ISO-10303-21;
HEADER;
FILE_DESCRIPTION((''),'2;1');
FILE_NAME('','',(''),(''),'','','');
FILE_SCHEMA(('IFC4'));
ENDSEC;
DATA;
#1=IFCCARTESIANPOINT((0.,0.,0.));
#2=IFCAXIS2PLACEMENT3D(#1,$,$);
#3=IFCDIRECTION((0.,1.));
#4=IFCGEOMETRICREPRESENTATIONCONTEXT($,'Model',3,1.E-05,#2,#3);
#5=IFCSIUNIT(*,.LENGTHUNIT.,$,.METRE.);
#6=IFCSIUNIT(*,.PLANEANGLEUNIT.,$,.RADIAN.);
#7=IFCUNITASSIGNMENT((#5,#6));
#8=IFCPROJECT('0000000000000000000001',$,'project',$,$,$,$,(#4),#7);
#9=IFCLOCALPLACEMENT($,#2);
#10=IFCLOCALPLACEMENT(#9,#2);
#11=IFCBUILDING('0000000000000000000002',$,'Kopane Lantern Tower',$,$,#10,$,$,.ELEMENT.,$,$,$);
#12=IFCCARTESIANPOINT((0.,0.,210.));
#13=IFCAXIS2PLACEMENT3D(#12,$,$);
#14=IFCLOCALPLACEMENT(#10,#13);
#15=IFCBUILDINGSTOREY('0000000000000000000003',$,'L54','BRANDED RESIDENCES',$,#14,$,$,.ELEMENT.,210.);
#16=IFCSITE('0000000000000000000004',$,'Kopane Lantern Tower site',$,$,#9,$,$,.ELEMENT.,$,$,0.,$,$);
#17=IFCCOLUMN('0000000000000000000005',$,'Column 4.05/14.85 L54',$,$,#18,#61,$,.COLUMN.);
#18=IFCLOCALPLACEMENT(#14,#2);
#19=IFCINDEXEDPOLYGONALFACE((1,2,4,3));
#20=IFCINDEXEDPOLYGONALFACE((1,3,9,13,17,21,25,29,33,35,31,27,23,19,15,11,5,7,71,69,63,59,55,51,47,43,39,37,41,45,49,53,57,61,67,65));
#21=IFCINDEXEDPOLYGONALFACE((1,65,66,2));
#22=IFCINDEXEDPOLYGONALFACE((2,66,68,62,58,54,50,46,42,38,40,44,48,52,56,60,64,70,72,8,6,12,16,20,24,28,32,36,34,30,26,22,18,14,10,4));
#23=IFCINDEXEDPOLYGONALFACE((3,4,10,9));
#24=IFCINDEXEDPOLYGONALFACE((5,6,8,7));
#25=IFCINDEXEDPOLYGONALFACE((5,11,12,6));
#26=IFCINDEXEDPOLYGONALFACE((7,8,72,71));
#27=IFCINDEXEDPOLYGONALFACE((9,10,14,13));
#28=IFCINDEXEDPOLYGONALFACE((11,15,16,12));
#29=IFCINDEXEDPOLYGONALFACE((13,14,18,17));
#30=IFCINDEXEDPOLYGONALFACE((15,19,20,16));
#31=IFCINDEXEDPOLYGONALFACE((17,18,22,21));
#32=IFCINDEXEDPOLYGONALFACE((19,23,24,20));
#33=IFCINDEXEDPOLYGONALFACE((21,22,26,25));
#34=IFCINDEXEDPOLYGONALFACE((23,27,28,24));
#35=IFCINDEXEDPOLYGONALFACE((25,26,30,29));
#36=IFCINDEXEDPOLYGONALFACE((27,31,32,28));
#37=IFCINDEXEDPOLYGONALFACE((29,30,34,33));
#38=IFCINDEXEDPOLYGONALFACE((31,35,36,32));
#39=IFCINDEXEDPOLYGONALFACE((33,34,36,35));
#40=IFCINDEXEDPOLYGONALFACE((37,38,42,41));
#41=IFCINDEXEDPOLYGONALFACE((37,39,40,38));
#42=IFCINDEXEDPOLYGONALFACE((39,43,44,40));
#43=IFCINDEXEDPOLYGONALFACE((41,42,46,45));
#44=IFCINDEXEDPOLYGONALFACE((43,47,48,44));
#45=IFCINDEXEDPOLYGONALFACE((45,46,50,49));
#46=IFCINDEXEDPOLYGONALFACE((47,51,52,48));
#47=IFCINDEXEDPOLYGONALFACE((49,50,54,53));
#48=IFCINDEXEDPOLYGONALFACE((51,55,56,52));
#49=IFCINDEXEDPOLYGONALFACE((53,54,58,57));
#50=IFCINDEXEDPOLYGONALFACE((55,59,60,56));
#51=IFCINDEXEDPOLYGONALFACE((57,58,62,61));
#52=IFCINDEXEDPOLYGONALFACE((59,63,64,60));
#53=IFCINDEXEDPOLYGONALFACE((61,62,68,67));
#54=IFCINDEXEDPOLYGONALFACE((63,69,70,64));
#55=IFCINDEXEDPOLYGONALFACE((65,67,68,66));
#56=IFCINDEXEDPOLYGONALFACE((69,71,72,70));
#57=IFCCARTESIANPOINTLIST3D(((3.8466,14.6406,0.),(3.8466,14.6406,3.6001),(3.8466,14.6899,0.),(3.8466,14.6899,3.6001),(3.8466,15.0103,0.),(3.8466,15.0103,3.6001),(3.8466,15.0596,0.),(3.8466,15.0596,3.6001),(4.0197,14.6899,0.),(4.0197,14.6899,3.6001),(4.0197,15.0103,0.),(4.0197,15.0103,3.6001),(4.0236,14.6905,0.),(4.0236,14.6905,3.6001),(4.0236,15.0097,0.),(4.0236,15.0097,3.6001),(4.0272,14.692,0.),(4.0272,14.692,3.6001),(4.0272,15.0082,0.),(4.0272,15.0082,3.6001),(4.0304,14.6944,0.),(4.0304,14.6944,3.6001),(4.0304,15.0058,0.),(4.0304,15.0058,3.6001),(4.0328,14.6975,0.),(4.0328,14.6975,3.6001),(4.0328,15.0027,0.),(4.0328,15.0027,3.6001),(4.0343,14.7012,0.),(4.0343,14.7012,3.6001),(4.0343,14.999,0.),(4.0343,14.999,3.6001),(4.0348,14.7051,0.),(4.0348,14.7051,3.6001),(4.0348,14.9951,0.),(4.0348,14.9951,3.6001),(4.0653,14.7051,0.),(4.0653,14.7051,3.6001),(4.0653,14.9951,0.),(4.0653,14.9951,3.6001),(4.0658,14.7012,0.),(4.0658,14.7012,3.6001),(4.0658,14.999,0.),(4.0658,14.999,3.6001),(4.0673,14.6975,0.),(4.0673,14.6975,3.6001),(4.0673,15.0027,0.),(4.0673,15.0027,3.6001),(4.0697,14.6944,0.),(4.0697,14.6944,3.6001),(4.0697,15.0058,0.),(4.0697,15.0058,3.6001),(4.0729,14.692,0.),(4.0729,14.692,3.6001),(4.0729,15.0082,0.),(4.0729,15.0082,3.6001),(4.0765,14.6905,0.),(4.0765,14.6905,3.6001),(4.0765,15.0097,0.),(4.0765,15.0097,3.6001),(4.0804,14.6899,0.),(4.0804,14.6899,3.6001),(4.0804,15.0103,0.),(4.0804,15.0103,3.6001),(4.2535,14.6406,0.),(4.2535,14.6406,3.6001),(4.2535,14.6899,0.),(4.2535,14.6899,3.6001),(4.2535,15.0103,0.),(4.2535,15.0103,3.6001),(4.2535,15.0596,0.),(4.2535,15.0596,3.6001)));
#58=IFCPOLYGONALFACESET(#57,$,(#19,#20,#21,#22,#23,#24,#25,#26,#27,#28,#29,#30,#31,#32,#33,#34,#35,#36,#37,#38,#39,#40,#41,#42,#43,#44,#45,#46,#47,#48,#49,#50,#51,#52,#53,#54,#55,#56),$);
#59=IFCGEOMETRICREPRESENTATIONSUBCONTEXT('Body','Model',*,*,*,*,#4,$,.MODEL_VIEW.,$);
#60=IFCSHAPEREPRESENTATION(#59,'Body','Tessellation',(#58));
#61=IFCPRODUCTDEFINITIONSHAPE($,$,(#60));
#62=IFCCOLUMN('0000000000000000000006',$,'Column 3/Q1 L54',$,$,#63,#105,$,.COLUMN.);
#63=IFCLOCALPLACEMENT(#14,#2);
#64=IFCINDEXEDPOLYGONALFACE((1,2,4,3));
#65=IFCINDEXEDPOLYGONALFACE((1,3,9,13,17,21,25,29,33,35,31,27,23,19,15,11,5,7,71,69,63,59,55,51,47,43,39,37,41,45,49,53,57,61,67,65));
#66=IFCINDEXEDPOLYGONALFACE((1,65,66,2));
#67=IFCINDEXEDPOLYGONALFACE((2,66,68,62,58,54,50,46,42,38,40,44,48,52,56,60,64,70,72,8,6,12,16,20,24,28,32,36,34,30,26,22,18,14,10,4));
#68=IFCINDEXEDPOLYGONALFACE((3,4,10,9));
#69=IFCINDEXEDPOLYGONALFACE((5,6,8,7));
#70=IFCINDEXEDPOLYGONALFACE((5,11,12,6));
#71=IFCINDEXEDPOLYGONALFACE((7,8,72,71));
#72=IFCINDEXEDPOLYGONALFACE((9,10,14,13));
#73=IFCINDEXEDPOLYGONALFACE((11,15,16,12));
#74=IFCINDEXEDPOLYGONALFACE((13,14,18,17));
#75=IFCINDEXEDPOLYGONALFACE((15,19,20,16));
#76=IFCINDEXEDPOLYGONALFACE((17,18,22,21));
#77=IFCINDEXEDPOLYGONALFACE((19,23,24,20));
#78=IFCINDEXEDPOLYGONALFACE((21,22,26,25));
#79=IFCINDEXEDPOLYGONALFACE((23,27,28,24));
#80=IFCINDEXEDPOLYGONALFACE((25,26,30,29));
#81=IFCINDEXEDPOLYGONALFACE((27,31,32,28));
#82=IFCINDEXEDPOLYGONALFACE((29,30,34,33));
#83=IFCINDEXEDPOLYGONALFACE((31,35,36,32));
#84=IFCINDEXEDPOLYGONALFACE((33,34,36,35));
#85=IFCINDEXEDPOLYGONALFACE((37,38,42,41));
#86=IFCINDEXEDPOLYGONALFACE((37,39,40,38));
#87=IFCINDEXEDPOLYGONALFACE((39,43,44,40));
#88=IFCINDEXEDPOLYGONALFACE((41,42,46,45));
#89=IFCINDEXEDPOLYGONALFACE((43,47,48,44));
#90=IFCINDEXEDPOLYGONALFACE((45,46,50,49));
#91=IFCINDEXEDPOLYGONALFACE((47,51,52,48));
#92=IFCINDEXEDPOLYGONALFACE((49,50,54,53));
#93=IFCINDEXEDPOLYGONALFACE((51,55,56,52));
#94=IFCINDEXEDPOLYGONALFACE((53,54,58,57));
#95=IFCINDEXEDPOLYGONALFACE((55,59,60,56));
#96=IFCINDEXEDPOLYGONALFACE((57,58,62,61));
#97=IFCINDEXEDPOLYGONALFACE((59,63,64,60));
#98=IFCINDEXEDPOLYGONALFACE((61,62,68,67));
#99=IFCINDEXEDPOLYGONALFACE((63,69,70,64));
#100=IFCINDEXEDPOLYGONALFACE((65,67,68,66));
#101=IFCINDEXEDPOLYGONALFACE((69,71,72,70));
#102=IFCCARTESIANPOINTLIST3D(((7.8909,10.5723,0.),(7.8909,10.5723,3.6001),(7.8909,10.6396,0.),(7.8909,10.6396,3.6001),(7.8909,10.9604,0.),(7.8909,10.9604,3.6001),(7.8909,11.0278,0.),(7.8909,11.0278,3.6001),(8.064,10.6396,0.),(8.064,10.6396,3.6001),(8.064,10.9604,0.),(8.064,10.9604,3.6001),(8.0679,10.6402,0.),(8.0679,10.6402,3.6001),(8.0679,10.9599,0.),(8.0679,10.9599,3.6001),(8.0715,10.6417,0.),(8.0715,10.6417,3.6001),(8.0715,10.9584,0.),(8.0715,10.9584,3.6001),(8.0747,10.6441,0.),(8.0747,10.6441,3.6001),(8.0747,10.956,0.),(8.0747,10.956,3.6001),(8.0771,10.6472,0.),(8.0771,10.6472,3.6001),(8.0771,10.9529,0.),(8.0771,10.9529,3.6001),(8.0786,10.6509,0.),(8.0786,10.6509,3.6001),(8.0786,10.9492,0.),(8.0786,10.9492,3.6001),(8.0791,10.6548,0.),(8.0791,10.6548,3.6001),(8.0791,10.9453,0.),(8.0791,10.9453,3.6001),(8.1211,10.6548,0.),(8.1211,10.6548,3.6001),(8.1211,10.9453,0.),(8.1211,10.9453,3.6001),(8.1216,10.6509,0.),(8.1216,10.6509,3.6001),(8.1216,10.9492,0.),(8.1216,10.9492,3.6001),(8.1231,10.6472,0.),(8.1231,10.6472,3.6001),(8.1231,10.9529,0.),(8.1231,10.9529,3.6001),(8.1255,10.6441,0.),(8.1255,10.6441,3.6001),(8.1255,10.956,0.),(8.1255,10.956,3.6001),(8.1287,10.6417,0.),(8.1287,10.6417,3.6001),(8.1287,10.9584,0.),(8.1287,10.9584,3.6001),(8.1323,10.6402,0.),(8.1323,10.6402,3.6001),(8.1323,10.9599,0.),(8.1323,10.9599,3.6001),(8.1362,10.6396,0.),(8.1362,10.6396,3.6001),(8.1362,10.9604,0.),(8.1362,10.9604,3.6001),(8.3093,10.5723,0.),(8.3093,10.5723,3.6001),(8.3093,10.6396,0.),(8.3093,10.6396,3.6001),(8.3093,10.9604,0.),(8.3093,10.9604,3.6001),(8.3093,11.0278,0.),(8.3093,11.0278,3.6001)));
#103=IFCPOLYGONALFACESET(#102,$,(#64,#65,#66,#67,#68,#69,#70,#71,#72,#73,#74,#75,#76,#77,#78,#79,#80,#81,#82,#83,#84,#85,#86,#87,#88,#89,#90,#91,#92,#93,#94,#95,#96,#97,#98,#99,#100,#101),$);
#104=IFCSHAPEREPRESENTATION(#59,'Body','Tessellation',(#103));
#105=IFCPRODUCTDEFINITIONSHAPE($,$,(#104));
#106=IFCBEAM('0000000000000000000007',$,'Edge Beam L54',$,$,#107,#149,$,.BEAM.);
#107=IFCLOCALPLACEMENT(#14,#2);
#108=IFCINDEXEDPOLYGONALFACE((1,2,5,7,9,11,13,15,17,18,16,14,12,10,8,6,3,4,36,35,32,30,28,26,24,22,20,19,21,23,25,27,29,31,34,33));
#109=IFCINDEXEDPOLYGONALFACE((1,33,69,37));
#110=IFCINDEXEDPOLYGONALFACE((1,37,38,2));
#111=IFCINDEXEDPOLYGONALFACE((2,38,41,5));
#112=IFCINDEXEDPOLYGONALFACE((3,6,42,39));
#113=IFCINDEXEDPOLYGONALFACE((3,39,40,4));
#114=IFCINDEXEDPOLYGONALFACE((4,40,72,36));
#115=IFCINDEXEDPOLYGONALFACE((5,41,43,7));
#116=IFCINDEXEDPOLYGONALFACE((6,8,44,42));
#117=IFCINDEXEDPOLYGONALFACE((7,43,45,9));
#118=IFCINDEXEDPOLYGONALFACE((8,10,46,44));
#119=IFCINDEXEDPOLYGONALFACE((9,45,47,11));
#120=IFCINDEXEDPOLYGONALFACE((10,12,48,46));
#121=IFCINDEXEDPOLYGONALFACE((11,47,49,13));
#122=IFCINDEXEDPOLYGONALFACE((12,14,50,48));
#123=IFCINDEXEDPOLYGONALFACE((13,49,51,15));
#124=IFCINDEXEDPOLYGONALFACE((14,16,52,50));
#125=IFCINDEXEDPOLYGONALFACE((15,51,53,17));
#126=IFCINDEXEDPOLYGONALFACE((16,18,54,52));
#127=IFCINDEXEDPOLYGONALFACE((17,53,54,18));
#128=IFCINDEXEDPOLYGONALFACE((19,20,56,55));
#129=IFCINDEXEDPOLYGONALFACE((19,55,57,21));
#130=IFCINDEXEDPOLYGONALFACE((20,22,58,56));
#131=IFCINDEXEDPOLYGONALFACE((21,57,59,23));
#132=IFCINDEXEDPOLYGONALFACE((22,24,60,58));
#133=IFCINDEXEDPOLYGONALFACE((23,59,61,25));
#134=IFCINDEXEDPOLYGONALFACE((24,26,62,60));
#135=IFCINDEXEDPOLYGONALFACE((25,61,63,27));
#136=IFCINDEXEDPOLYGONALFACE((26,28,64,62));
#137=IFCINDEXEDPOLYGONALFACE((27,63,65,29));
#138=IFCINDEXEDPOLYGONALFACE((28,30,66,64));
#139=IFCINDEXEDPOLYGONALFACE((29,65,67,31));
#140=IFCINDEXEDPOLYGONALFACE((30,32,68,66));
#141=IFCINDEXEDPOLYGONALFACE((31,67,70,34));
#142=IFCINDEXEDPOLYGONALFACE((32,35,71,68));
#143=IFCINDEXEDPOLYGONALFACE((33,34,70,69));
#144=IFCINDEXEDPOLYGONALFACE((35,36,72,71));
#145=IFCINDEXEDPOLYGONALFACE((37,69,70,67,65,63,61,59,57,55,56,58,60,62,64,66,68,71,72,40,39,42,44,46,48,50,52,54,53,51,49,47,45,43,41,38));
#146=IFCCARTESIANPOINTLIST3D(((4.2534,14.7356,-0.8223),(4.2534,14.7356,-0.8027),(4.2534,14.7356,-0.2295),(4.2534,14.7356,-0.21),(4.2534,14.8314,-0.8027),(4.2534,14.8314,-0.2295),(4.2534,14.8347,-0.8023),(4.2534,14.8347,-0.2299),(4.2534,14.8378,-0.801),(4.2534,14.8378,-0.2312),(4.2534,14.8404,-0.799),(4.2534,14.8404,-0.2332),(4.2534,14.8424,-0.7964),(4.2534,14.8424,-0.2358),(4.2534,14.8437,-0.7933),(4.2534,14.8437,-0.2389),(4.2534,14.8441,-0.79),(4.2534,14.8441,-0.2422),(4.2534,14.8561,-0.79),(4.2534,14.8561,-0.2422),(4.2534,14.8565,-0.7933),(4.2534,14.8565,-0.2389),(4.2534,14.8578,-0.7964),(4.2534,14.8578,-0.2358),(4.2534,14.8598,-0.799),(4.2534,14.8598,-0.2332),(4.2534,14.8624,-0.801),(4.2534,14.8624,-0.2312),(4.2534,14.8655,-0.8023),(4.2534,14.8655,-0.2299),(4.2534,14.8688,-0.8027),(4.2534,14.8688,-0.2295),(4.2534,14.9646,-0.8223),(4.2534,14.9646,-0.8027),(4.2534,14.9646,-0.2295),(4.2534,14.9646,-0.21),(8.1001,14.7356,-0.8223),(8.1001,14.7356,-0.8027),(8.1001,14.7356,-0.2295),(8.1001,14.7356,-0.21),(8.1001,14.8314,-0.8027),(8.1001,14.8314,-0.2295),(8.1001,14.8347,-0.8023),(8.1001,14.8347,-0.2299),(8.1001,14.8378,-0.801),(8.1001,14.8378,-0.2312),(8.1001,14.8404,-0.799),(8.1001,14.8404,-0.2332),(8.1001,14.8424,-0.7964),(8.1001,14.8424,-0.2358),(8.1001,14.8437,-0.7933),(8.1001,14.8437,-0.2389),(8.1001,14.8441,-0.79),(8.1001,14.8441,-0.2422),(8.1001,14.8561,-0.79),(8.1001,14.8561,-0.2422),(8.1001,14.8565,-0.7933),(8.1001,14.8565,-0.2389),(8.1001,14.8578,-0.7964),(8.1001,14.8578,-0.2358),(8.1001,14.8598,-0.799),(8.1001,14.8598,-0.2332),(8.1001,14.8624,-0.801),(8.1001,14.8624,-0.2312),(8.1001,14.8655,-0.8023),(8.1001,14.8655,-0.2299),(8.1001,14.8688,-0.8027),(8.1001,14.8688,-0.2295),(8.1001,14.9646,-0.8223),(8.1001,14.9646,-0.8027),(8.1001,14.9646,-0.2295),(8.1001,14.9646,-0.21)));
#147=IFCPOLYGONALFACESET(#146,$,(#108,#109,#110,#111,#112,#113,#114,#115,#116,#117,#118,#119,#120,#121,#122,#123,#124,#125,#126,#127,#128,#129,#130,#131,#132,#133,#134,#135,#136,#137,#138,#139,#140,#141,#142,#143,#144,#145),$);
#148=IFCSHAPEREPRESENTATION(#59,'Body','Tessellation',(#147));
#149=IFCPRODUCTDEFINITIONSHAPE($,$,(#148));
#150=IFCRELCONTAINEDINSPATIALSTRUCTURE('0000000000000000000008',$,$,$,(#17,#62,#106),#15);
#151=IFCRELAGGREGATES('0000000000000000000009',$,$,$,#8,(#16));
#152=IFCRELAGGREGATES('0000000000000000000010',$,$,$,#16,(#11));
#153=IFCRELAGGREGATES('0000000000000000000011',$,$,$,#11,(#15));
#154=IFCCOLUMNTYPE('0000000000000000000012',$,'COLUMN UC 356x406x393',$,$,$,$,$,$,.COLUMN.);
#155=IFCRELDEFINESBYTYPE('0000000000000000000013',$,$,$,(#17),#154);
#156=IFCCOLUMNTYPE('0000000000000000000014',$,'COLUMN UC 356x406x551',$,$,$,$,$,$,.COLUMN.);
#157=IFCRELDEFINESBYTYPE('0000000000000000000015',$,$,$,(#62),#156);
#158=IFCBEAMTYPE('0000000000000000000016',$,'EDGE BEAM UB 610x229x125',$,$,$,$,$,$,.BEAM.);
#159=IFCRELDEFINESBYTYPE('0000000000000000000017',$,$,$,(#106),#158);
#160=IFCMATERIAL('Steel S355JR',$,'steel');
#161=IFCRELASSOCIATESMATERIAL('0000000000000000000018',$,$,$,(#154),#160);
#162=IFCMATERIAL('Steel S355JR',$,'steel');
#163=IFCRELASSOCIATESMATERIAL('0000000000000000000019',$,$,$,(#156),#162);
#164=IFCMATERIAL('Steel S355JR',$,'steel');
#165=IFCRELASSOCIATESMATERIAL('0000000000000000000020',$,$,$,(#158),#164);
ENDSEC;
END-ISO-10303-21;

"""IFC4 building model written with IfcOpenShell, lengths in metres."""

from ifc_helpers import new_model, si_unit, direction, frame, origin, origin_2d, place, context, subcontext, project, spatial, i_section, extrude, material, material_profile, profile_set, type_object, element, save


model = new_model("IFC4")

# Units and contexts
model_context = context("Model", 3, precision=1e-05, world=origin(), true_north=direction((0.0, 1.0)))
body_context = subcontext(model_context, "Body", "Model", "MODEL_VIEW")
ifc_project = project(units=[si_unit("LENGTHUNIT", "METRE"), si_unit("PLANEANGLEUNIT", "RADIAN")], contexts=[model_context])

# Site, building, storey
site_placement = place(None, origin())
site = spatial("IfcSite", under=ifc_project, at=site_placement, Name="Kopane Lantern Tower site", CompositionType="ELEMENT", RefElevation=0.0)
building_placement = place(site_placement, origin())
building = spatial("IfcBuilding", under=site, at=building_placement, Name="Kopane Lantern Tower", CompositionType="ELEMENT")
storey_placement = place(building_placement, frame((0.0, 0.0, 210.0)))
storey = spatial("IfcBuildingStorey", under=building, at=storey_placement, Name="L54", Description="BRANDED RESIDENCES", CompositionType="ELEMENT", Elevation=210.0)

# Columns
ifc_material_1 = material(Name="Steel S355JR", Category="steel")
ifc_material_profile_1 = material_profile(ifc_material_1, i_section(OverallWidth=0.407, OverallDepth=0.4189, WebThickness=0.0305, FlangeThickness=0.0493, FilletRadius=0.0151, at=origin_2d()), Name="UC 356x406x393")
ifc_profile_set_1 = profile_set([ifc_material_profile_1], Name="Steel S355JR")
column_type_1 = type_object("IfcColumnType", Name="COLUMN UC 356x406x393", PredefinedType="COLUMN", material=ifc_profile_set_1)
column_1_placement = place(storey_placement, frame((4.05, 14.8501, 0.0), z_axis=(0.0, 0.0, 1.0), x_axis=(1.0, 0.0, 0.0)))
element("IfcColumn", 1, at=column_1_placement, inside=storey, type_object=column_type_1, Name="Column 4.05/14.85 L54", PredefinedType="COLUMN", context=body_context, shape_type="SweptSolid", body=[
    extrude(i_section(OverallWidth=0.407, OverallDepth=0.4189, WebThickness=0.0305, FlangeThickness=0.0493, FilletRadius=0.0151, at=origin_2d()), origin(), (0.0, 0.0, 1.0), 3.6001),
])
ifc_material_2 = material(Name="Steel S355JR", Category="steel")
ifc_material_profile_2 = material_profile(ifc_material_2, i_section(OverallWidth=0.4185, OverallDepth=0.4556, WebThickness=0.042, FlangeThickness=0.0674, FilletRadius=0.0151, at=origin_2d()), Name="UC 356x406x551")
ifc_profile_set_2 = profile_set([ifc_material_profile_2], Name="Steel S355JR")
column_type_2 = type_object("IfcColumnType", Name="COLUMN UC 356x406x551", PredefinedType="COLUMN", material=ifc_profile_set_2)
column_2_placement = place(storey_placement, frame((8.1001, 10.8, 0.0), z_axis=(0.0, 0.0, 1.0), x_axis=(1.0, 0.0, 0.0)))
element("IfcColumn", 2, at=column_2_placement, inside=storey, type_object=column_type_2, Name="Column 3/Q1 L54", PredefinedType="COLUMN", context=body_context, shape_type="SweptSolid", body=[
    extrude(i_section(OverallWidth=0.4185, OverallDepth=0.4556, WebThickness=0.042, FlangeThickness=0.0674, FilletRadius=0.0151, at=origin_2d()), origin(), (0.0, 0.0, 1.0), 3.6001),
])

# Beam
ifc_material_3 = material(Name="Steel S355JR", Category="steel")
ifc_material_profile_3 = material_profile(ifc_material_3, i_section(OverallWidth=0.229, OverallDepth=0.6123, WebThickness=0.012, FlangeThickness=0.0195, FilletRadius=0.0127, at=origin_2d()), Name="UB 610x229x125")
ifc_profile_set_3 = profile_set([ifc_material_profile_3], Name="Steel S355JR")
beam_type_1 = type_object("IfcBeamType", Name="EDGE BEAM UB 610x229x125", PredefinedType="BEAM", material=ifc_profile_set_3)
beam_placement = place(storey_placement, frame((4.2534, 14.8501, -0.5161), z_axis=(1.0, 0.0, 0.0), x_axis=(0.0, 1.0, 0.0)))
element("IfcBeam", 3, at=beam_placement, inside=storey, type_object=beam_type_1, Name="Edge Beam L54", PredefinedType="BEAM", context=body_context, shape_type="SweptSolid", body=[
    extrude(i_section(OverallWidth=0.229, OverallDepth=0.6123, WebThickness=0.012, FlangeThickness=0.0195, FilletRadius=0.0127, at=origin_2d()), origin(), (0.0, 0.0, 1.0), 3.8467),
])

save(model, "model.ifc")
